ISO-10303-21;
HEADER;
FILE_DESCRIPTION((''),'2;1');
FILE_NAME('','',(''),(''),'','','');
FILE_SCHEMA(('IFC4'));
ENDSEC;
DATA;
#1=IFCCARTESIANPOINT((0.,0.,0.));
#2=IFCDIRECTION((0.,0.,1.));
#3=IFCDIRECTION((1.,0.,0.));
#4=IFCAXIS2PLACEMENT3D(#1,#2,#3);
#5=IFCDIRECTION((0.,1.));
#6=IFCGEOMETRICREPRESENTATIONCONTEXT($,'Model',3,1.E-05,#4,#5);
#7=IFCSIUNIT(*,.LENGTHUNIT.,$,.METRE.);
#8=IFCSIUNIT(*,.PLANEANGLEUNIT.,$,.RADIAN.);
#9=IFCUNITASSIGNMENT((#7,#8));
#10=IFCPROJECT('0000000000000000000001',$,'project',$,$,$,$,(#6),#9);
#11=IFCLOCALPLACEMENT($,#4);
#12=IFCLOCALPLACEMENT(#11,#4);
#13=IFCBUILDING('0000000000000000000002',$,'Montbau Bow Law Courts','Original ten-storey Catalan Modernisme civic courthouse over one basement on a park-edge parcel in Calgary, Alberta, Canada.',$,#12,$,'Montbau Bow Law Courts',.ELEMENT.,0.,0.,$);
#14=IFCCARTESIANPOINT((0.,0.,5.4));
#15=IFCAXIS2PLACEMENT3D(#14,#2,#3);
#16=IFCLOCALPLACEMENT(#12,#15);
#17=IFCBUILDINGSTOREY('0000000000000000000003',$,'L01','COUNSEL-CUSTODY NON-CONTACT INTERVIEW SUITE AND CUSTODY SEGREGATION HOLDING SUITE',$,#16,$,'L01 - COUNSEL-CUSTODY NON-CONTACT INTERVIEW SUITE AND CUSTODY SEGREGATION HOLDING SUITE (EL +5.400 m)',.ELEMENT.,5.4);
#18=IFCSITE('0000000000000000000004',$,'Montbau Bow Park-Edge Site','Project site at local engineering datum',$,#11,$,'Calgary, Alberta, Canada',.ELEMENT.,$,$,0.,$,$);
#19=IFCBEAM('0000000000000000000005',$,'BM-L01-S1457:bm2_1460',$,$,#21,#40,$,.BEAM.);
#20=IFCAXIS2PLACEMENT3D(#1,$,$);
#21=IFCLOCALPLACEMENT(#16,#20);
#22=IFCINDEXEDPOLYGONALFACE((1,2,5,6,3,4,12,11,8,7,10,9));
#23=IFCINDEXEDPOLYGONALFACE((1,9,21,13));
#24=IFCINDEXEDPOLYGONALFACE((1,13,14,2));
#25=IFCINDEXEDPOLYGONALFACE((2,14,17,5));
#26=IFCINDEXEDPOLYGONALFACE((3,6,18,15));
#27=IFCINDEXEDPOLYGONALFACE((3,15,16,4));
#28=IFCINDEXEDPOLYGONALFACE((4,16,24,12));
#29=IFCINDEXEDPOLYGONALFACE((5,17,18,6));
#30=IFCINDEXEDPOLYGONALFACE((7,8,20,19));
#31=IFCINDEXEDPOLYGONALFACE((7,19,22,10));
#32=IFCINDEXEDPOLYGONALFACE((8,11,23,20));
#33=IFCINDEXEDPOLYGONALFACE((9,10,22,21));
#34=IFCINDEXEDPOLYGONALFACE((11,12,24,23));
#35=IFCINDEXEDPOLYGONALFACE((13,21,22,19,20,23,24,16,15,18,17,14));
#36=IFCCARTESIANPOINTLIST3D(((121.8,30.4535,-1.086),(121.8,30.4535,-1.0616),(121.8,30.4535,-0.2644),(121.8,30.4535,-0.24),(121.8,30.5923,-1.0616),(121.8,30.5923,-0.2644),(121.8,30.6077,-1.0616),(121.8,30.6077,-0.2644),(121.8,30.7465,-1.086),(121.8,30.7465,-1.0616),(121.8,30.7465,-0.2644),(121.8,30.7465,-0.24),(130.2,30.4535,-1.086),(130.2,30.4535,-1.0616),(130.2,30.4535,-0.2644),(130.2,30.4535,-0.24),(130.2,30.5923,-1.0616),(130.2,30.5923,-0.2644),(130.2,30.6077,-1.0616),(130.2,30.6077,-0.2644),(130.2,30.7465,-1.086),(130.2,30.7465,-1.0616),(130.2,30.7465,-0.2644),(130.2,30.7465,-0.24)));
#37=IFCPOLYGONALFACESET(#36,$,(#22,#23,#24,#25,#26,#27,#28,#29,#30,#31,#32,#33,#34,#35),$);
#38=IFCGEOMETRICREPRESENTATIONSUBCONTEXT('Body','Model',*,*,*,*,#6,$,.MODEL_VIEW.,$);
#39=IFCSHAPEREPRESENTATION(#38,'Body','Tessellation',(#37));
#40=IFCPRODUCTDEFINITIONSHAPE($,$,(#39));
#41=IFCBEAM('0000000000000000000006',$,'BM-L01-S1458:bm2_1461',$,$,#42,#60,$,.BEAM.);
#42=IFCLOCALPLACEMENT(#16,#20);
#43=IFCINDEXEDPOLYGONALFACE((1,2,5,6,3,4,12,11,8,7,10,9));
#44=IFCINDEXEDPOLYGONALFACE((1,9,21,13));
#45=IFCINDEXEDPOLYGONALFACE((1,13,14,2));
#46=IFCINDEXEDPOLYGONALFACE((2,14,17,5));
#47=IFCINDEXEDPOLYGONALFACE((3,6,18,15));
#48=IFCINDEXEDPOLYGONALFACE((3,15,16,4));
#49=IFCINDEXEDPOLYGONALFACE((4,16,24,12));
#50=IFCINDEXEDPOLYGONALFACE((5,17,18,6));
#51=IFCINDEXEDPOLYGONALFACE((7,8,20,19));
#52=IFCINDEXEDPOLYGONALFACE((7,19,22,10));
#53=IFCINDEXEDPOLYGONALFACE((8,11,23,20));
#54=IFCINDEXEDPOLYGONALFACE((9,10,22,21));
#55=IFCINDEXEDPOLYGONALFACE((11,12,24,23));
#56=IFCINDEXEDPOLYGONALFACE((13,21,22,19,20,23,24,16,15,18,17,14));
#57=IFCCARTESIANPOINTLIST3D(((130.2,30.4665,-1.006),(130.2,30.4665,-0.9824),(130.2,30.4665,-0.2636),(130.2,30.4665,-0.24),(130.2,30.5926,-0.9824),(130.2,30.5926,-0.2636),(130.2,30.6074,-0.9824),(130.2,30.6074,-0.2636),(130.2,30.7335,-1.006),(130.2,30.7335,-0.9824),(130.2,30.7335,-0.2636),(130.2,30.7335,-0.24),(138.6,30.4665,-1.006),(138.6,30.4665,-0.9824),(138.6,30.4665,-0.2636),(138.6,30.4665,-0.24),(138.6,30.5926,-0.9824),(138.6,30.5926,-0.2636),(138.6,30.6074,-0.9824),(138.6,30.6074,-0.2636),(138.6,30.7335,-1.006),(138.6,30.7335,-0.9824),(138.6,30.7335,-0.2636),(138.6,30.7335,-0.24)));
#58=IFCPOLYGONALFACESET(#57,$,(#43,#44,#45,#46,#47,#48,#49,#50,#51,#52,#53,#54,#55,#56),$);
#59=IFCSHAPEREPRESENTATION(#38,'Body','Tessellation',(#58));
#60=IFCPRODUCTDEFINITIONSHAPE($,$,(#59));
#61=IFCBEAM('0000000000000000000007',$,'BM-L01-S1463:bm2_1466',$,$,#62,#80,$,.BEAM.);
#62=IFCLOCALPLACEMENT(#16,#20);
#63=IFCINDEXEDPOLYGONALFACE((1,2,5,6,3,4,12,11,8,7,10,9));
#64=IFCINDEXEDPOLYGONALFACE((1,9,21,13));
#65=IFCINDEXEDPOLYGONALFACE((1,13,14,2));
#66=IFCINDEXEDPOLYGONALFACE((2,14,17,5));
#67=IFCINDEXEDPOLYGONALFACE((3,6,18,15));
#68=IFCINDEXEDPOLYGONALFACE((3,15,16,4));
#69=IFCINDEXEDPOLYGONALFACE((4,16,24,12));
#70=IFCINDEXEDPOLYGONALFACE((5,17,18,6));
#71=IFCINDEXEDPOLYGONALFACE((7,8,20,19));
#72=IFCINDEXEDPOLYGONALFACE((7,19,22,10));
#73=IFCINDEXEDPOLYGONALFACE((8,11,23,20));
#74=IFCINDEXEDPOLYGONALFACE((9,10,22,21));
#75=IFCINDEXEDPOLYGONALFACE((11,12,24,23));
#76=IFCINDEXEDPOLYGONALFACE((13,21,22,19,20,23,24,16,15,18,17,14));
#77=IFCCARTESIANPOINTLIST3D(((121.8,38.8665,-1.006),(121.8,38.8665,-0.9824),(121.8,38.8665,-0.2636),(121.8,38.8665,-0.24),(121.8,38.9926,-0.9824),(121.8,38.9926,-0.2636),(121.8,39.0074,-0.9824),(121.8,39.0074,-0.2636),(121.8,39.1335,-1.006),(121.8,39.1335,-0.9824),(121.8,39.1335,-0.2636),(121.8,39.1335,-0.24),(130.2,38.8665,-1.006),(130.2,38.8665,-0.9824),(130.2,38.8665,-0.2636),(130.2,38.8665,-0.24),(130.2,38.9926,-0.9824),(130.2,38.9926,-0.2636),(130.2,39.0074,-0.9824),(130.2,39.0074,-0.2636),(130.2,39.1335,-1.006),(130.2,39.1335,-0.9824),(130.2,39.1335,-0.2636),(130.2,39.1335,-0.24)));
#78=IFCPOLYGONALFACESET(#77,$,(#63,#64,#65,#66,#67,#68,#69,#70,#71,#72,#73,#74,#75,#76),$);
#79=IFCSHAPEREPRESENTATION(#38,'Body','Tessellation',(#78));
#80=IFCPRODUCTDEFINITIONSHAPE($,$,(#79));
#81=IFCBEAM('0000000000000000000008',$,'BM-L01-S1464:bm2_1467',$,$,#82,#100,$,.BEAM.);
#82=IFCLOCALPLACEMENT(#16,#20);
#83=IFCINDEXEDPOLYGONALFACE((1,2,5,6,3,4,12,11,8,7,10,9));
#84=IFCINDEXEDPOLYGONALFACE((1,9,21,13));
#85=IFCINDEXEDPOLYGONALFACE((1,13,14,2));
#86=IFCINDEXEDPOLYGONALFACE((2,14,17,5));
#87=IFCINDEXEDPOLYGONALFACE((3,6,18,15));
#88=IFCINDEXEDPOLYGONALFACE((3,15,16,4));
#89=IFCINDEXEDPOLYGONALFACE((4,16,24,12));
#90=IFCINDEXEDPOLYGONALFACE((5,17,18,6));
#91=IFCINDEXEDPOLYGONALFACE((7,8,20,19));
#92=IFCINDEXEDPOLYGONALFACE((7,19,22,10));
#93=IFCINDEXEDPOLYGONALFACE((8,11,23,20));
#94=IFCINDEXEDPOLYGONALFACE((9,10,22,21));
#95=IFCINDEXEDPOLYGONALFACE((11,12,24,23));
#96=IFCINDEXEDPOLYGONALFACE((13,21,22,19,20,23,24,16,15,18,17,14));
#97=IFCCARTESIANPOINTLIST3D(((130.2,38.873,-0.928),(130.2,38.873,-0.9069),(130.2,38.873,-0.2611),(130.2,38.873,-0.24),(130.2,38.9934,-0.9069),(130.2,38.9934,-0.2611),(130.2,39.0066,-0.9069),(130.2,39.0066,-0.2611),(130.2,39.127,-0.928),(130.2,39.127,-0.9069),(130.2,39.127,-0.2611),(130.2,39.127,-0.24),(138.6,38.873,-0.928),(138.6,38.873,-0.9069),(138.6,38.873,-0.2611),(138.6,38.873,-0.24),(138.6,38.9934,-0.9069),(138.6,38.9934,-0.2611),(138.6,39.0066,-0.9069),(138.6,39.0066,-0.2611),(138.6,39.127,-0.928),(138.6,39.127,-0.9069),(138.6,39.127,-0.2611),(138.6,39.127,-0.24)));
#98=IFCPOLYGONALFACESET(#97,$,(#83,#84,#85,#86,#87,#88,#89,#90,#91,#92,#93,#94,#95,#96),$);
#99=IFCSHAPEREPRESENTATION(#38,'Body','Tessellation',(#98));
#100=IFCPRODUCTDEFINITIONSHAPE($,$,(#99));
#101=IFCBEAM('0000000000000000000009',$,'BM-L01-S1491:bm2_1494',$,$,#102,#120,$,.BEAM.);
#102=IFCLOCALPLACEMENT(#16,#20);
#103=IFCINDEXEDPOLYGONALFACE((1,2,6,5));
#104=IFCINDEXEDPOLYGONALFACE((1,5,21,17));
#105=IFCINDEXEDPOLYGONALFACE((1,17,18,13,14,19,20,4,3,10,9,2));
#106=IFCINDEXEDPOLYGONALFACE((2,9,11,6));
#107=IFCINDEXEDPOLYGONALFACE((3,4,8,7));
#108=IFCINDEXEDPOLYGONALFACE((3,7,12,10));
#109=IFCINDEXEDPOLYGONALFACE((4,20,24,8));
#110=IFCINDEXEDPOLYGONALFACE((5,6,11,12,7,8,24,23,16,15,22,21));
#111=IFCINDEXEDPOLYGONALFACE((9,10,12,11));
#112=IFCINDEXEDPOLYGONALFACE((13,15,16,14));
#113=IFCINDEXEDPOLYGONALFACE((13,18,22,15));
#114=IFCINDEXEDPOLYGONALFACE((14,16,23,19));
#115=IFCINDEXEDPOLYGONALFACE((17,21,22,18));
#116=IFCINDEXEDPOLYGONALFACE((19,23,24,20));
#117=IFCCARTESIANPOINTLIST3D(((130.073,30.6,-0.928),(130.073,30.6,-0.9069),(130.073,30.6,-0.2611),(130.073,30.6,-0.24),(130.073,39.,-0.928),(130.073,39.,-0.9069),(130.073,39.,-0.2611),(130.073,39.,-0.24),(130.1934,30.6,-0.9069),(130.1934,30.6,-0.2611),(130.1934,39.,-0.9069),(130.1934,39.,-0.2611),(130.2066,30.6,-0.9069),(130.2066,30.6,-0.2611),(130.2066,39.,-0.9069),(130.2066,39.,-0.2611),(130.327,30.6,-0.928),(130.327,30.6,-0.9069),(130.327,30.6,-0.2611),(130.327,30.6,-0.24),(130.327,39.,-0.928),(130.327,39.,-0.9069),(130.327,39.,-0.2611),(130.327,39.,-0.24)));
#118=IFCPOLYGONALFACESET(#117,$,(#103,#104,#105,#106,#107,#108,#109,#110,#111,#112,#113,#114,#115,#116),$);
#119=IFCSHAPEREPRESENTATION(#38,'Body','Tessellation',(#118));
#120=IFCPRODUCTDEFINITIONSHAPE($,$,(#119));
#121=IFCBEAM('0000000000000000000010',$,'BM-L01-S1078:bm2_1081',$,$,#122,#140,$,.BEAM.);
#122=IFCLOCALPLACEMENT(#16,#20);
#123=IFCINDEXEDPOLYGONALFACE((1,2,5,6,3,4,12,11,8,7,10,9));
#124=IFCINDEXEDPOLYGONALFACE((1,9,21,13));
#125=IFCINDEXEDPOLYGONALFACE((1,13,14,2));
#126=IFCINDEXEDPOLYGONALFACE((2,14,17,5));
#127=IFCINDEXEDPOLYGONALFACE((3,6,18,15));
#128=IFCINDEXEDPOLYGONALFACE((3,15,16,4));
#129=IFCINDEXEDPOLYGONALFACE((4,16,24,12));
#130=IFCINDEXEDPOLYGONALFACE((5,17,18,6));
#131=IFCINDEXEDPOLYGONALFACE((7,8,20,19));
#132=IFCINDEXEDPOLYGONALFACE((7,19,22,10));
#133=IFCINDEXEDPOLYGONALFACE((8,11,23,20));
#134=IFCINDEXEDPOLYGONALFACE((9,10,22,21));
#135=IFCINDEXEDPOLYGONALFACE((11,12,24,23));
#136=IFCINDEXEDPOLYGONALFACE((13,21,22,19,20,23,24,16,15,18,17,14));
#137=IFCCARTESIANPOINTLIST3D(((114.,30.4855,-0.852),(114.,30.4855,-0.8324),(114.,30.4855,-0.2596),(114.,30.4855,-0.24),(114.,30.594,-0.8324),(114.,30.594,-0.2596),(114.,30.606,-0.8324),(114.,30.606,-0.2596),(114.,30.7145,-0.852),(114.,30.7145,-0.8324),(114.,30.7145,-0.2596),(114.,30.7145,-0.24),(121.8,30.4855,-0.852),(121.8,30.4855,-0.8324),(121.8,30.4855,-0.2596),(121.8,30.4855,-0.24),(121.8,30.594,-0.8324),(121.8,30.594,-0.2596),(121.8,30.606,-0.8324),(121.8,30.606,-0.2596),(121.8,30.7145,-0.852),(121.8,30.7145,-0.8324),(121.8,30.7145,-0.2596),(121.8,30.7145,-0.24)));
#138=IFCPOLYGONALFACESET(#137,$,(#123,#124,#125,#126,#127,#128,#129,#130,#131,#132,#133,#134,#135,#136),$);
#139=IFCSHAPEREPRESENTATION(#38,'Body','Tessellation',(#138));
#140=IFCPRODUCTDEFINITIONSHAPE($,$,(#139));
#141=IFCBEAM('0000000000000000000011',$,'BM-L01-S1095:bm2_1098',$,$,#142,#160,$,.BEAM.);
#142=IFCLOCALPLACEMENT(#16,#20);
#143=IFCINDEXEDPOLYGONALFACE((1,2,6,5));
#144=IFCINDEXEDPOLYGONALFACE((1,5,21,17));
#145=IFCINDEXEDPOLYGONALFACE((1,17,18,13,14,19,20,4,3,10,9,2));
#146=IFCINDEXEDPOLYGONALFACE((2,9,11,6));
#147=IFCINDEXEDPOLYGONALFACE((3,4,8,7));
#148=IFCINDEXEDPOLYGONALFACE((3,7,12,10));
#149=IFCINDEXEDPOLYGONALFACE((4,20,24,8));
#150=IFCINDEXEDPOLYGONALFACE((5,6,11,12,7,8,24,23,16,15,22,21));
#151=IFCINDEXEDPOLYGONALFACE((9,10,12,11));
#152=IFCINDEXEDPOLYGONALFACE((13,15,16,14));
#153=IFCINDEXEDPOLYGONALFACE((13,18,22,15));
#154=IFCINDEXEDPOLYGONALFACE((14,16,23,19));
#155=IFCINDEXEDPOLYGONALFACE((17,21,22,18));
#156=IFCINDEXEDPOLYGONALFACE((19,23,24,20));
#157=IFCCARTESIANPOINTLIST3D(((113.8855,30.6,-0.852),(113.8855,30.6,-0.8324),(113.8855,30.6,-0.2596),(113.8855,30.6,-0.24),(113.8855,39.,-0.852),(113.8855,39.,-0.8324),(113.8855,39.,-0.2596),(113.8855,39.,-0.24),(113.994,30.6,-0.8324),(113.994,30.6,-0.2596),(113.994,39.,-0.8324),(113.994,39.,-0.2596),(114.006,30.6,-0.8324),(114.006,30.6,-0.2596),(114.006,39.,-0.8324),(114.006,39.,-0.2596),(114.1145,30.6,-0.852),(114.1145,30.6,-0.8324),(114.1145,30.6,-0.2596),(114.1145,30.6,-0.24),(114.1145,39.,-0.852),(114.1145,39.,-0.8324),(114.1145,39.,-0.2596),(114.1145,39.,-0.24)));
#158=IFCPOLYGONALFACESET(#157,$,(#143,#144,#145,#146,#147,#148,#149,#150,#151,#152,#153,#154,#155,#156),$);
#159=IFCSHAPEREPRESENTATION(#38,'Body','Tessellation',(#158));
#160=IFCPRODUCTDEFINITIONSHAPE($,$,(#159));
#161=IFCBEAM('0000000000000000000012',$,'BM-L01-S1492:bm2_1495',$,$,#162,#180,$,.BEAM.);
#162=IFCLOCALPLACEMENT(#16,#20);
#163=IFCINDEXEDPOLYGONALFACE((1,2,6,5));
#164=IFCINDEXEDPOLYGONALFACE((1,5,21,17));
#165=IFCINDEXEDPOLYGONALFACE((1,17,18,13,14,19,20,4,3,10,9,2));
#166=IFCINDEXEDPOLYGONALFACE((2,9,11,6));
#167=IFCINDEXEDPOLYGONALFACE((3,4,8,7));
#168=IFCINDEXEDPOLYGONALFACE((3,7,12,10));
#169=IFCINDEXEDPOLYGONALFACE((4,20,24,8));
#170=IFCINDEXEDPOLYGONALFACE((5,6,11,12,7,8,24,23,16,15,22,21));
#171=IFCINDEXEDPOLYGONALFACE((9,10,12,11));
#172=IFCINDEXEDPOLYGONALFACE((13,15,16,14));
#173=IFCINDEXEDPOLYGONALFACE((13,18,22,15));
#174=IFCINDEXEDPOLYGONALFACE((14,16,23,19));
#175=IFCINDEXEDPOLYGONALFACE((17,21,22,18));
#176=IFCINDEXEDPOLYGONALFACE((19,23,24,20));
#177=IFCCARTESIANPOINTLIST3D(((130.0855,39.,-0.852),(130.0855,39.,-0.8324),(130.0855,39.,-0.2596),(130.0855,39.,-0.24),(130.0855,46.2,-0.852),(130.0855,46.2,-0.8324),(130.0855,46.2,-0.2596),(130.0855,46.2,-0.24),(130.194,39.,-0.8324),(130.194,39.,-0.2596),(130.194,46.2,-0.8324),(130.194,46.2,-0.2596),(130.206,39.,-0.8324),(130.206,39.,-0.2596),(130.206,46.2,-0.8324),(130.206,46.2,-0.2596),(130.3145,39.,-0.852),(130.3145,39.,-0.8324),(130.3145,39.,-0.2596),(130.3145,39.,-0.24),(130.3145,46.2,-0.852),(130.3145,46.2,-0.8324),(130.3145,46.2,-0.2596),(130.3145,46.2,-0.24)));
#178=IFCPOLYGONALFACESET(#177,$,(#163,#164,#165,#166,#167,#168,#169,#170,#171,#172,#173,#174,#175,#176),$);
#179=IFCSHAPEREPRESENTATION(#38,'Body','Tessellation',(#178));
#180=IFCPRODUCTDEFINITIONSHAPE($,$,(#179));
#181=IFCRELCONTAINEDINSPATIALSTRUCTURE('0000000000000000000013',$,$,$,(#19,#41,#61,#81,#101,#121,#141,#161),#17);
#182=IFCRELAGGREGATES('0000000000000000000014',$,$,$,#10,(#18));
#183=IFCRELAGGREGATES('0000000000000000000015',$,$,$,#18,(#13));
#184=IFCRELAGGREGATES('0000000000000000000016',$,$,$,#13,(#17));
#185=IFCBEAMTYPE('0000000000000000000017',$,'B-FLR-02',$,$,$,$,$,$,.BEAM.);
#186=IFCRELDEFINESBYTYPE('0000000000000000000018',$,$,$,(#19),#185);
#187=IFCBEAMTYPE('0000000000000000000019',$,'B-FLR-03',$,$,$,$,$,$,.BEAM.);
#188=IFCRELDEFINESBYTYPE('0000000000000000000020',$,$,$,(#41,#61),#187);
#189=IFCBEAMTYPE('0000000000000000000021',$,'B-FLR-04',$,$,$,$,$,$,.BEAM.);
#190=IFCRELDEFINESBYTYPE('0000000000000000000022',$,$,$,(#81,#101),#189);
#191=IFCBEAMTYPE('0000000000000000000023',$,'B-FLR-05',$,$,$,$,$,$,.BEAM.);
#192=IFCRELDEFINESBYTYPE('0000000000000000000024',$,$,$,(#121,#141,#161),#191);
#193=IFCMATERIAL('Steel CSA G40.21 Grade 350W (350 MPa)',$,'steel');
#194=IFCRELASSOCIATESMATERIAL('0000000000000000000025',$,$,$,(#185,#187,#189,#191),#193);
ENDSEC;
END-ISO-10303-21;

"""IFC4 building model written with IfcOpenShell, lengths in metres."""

from ifc_helpers import new_model, si_unit, direction, frame, origin_with_axes, origin_2d_with_axis, place, context, subcontext, project, spatial, i_section, extrude, material, material_profile, profile_set, type_object, element, save


model = new_model("IFC4")

# Units and contexts
model_context = context("Model", 3, precision=1e-05, world=origin_with_axes(), true_north=direction((0.0, 1.0)))
body_context = subcontext(model_context, "Body", "Model", "MODEL_VIEW")
ifc_project = project(units=[si_unit("LENGTHUNIT", "METRE"), si_unit("PLANEANGLEUNIT", "RADIAN")], contexts=[model_context])

# Site, building, storey
site_placement = place(None, origin_with_axes())
site = spatial("IfcSite", under=ifc_project, at=site_placement, Name="Montbau Bow Park-Edge Site", Description="Project site at local engineering datum", LongName="Calgary, Alberta, Canada", CompositionType="ELEMENT", RefElevation=0.0)
building_placement = place(site_placement, origin_with_axes())
building = spatial("IfcBuilding", under=site, at=building_placement, Name="Montbau Bow Law Courts", Description="Original ten-storey Catalan Modernisme civic courthouse over one basement on a park-edge parcel in Calgary, Alberta, Canada.", LongName="Montbau Bow Law Courts", CompositionType="ELEMENT", ElevationOfRefHeight=0.0, ElevationOfTerrain=0.0)
storey_placement = place(building_placement, frame((0.0, 0.0, 5.4), z_axis=(0.0, 0.0, 1.0), x_axis=(1.0, 0.0, 0.0)))
storey = spatial("IfcBuildingStorey", under=building, at=storey_placement, Name="L01", Description="COUNSEL-CUSTODY NON-CONTACT INTERVIEW SUITE AND CUSTODY SEGREGATION HOLDING SUITE", LongName="L01 - COUNSEL-CUSTODY NON-CONTACT INTERVIEW SUITE AND CUSTODY SEGREGATION HOLDING SUITE (EL +5.400 m)", CompositionType="ELEMENT", Elevation=5.4)

# Shared definitions
ifc_material_1 = material(Name="Steel CSA G40.21 Grade 350W (350 MPa)", Category="steel")

# Beams
ifc_material_profile_1 = material_profile(ifc_material_1, i_section(OverallWidth=0.293, OverallDepth=0.846, WebThickness=0.0154, FlangeThickness=0.0244, at=origin_2d_with_axis()), Name="W840X210", Category="Main", Priority=0)
ifc_profile_set_1 = profile_set([ifc_material_profile_1], Name="Steel CSA G40.21 Grade 350W (350 MPa)")
beam_type_1 = type_object("IfcBeamType", Name="B-FLR-02", PredefinedType="BEAM", material=ifc_profile_set_1)
beam_1_placement = place(None, frame((121.8, 30.6, 4.737), z_axis=(1.0, 0.0, 0.0), x_axis=(0.0, 1.0, 0.0)))
element("IfcBeam", 1, at=beam_1_placement, inside=storey, type_object=beam_type_1, Name="BM-L01-S1457:bm2_1460", PredefinedType="BEAM", context=body_context, shape_type="SweptSolid", body=[
    extrude(i_section(OverallWidth=0.293, OverallDepth=0.846, WebThickness=0.0154, FlangeThickness=0.0244, at=origin_2d_with_axis()), origin_with_axes(), (0.0, 0.0, 1.0), 8.4),
])
ifc_material_profile_2 = material_profile(ifc_material_1, i_section(OverallWidth=0.267, OverallDepth=0.766, WebThickness=0.0149, FlangeThickness=0.0236, at=origin_2d_with_axis()), Name="W760X185", Category="Main", Priority=0)
ifc_profile_set_2 = profile_set([ifc_material_profile_2], Name="Steel CSA G40.21 Grade 350W (350 MPa)")
beam_type_2 = type_object("IfcBeamType", Name="B-FLR-03", PredefinedType="BEAM", material=ifc_profile_set_2)
for number, where, z_axis, x_axis, name in (
    (2, (130.2, 30.6, 4.777), (1.0, 0.0, 0.0), (0.0, 1.0, 0.0), "BM-L01-S1458:bm2_1461"),
    (3, (121.8, 39.0, 4.777), (1.0, 0.0, 0.0), (0.0, 1.0, 0.0), "BM-L01-S1463:bm2_1466"),
):
    element("IfcBeam", number, at=place(None, frame(where, z_axis=z_axis, x_axis=x_axis)), inside=storey, type_object=beam_type_2, Name=name, PredefinedType="BEAM", context=body_context, shape_type="SweptSolid", body=[
        extrude(i_section(OverallWidth=0.267, OverallDepth=0.766, WebThickness=0.0149, FlangeThickness=0.0236, at=origin_2d_with_axis()), origin_with_axes(), (0.0, 0.0, 1.0), 8.4),
    ])
ifc_material_profile_3 = material_profile(ifc_material_1, i_section(OverallWidth=0.254, OverallDepth=0.688, WebThickness=0.0131, FlangeThickness=0.0211, at=origin_2d_with_axis()), Name="W690X152", Category="Main", Priority=0)
ifc_profile_set_3 = profile_set([ifc_material_profile_3], Name="Steel CSA G40.21 Grade 350W (350 MPa)")
beam_type_3 = type_object("IfcBeamType", Name="B-FLR-04", PredefinedType="BEAM", material=ifc_profile_set_3)
for number, where, z_axis, x_axis, name in (
    (4, (130.2, 39.0, 4.816), (1.0, 0.0, 0.0), (0.0, 1.0, 0.0), "BM-L01-S1464:bm2_1467"),
    (5, (130.2, 30.6, 4.816), (0.0, 1.0, 0.0), (-1.0, 0.0, 0.0), "BM-L01-S1491:bm2_1494"),
):
    element("IfcBeam", number, at=place(None, frame(where, z_axis=z_axis, x_axis=x_axis)), inside=storey, type_object=beam_type_3, Name=name, PredefinedType="BEAM", context=body_context, shape_type="SweptSolid", body=[
        extrude(i_section(OverallWidth=0.254, OverallDepth=0.688, WebThickness=0.0131, FlangeThickness=0.0211, at=origin_2d_with_axis()), origin_with_axes(), (0.0, 0.0, 1.0), 8.4),
    ])
ifc_material_profile_4 = material_profile(ifc_material_1, i_section(OverallWidth=0.229, OverallDepth=0.612, WebThickness=0.0119, FlangeThickness=0.0196, at=origin_2d_with_axis()), Name="W610X125", Category="Main", Priority=0)
ifc_profile_set_4 = profile_set([ifc_material_profile_4], Name="Steel CSA G40.21 Grade 350W (350 MPa)")
beam_type_4 = type_object("IfcBeamType", Name="B-FLR-05", PredefinedType="BEAM", material=ifc_profile_set_4)
beam_2_placement = place(None, frame((114.0, 30.6, 4.854), z_axis=(1.0, 0.0, 0.0), x_axis=(0.0, 1.0, 0.0)))
element("IfcBeam", 6, at=beam_2_placement, inside=storey, type_object=beam_type_4, Name="BM-L01-S1078:bm2_1081", PredefinedType="BEAM", context=body_context, shape_type="SweptSolid", body=[
    extrude(i_section(OverallWidth=0.229, OverallDepth=0.612, WebThickness=0.0119, FlangeThickness=0.0196, at=origin_2d_with_axis()), origin_with_axes(), (0.0, 0.0, 1.0), 7.8),
])
beam_3_placement = place(None, frame((114.0, 30.6, 4.854), z_axis=(0.0, 1.0, 0.0), x_axis=(-1.0, 0.0, 0.0)))
element("IfcBeam", 7, at=beam_3_placement, inside=storey, type_object=beam_type_4, Name="BM-L01-S1095:bm2_1098", PredefinedType="BEAM", context=body_context, shape_type="SweptSolid", body=[
    extrude(i_section(OverallWidth=0.229, OverallDepth=0.612, WebThickness=0.0119, FlangeThickness=0.0196, at=origin_2d_with_axis()), origin_with_axes(), (0.0, 0.0, 1.0), 8.4),
])
beam_4_placement = place(None, frame((130.2, 39.0, 4.854), z_axis=(0.0, 1.0, 0.0), x_axis=(-1.0, 0.0, 0.0)))
element("IfcBeam", 8, at=beam_4_placement, inside=storey, type_object=beam_type_4, Name="BM-L01-S1492:bm2_1495", PredefinedType="BEAM", context=body_context, shape_type="SweptSolid", body=[
    extrude(i_section(OverallWidth=0.229, OverallDepth=0.612, WebThickness=0.0119, FlangeThickness=0.0196, at=origin_2d_with_axis()), origin_with_axes(), (0.0, 0.0, 1.0), 7.2),
])

save(model, "model.ifc")
